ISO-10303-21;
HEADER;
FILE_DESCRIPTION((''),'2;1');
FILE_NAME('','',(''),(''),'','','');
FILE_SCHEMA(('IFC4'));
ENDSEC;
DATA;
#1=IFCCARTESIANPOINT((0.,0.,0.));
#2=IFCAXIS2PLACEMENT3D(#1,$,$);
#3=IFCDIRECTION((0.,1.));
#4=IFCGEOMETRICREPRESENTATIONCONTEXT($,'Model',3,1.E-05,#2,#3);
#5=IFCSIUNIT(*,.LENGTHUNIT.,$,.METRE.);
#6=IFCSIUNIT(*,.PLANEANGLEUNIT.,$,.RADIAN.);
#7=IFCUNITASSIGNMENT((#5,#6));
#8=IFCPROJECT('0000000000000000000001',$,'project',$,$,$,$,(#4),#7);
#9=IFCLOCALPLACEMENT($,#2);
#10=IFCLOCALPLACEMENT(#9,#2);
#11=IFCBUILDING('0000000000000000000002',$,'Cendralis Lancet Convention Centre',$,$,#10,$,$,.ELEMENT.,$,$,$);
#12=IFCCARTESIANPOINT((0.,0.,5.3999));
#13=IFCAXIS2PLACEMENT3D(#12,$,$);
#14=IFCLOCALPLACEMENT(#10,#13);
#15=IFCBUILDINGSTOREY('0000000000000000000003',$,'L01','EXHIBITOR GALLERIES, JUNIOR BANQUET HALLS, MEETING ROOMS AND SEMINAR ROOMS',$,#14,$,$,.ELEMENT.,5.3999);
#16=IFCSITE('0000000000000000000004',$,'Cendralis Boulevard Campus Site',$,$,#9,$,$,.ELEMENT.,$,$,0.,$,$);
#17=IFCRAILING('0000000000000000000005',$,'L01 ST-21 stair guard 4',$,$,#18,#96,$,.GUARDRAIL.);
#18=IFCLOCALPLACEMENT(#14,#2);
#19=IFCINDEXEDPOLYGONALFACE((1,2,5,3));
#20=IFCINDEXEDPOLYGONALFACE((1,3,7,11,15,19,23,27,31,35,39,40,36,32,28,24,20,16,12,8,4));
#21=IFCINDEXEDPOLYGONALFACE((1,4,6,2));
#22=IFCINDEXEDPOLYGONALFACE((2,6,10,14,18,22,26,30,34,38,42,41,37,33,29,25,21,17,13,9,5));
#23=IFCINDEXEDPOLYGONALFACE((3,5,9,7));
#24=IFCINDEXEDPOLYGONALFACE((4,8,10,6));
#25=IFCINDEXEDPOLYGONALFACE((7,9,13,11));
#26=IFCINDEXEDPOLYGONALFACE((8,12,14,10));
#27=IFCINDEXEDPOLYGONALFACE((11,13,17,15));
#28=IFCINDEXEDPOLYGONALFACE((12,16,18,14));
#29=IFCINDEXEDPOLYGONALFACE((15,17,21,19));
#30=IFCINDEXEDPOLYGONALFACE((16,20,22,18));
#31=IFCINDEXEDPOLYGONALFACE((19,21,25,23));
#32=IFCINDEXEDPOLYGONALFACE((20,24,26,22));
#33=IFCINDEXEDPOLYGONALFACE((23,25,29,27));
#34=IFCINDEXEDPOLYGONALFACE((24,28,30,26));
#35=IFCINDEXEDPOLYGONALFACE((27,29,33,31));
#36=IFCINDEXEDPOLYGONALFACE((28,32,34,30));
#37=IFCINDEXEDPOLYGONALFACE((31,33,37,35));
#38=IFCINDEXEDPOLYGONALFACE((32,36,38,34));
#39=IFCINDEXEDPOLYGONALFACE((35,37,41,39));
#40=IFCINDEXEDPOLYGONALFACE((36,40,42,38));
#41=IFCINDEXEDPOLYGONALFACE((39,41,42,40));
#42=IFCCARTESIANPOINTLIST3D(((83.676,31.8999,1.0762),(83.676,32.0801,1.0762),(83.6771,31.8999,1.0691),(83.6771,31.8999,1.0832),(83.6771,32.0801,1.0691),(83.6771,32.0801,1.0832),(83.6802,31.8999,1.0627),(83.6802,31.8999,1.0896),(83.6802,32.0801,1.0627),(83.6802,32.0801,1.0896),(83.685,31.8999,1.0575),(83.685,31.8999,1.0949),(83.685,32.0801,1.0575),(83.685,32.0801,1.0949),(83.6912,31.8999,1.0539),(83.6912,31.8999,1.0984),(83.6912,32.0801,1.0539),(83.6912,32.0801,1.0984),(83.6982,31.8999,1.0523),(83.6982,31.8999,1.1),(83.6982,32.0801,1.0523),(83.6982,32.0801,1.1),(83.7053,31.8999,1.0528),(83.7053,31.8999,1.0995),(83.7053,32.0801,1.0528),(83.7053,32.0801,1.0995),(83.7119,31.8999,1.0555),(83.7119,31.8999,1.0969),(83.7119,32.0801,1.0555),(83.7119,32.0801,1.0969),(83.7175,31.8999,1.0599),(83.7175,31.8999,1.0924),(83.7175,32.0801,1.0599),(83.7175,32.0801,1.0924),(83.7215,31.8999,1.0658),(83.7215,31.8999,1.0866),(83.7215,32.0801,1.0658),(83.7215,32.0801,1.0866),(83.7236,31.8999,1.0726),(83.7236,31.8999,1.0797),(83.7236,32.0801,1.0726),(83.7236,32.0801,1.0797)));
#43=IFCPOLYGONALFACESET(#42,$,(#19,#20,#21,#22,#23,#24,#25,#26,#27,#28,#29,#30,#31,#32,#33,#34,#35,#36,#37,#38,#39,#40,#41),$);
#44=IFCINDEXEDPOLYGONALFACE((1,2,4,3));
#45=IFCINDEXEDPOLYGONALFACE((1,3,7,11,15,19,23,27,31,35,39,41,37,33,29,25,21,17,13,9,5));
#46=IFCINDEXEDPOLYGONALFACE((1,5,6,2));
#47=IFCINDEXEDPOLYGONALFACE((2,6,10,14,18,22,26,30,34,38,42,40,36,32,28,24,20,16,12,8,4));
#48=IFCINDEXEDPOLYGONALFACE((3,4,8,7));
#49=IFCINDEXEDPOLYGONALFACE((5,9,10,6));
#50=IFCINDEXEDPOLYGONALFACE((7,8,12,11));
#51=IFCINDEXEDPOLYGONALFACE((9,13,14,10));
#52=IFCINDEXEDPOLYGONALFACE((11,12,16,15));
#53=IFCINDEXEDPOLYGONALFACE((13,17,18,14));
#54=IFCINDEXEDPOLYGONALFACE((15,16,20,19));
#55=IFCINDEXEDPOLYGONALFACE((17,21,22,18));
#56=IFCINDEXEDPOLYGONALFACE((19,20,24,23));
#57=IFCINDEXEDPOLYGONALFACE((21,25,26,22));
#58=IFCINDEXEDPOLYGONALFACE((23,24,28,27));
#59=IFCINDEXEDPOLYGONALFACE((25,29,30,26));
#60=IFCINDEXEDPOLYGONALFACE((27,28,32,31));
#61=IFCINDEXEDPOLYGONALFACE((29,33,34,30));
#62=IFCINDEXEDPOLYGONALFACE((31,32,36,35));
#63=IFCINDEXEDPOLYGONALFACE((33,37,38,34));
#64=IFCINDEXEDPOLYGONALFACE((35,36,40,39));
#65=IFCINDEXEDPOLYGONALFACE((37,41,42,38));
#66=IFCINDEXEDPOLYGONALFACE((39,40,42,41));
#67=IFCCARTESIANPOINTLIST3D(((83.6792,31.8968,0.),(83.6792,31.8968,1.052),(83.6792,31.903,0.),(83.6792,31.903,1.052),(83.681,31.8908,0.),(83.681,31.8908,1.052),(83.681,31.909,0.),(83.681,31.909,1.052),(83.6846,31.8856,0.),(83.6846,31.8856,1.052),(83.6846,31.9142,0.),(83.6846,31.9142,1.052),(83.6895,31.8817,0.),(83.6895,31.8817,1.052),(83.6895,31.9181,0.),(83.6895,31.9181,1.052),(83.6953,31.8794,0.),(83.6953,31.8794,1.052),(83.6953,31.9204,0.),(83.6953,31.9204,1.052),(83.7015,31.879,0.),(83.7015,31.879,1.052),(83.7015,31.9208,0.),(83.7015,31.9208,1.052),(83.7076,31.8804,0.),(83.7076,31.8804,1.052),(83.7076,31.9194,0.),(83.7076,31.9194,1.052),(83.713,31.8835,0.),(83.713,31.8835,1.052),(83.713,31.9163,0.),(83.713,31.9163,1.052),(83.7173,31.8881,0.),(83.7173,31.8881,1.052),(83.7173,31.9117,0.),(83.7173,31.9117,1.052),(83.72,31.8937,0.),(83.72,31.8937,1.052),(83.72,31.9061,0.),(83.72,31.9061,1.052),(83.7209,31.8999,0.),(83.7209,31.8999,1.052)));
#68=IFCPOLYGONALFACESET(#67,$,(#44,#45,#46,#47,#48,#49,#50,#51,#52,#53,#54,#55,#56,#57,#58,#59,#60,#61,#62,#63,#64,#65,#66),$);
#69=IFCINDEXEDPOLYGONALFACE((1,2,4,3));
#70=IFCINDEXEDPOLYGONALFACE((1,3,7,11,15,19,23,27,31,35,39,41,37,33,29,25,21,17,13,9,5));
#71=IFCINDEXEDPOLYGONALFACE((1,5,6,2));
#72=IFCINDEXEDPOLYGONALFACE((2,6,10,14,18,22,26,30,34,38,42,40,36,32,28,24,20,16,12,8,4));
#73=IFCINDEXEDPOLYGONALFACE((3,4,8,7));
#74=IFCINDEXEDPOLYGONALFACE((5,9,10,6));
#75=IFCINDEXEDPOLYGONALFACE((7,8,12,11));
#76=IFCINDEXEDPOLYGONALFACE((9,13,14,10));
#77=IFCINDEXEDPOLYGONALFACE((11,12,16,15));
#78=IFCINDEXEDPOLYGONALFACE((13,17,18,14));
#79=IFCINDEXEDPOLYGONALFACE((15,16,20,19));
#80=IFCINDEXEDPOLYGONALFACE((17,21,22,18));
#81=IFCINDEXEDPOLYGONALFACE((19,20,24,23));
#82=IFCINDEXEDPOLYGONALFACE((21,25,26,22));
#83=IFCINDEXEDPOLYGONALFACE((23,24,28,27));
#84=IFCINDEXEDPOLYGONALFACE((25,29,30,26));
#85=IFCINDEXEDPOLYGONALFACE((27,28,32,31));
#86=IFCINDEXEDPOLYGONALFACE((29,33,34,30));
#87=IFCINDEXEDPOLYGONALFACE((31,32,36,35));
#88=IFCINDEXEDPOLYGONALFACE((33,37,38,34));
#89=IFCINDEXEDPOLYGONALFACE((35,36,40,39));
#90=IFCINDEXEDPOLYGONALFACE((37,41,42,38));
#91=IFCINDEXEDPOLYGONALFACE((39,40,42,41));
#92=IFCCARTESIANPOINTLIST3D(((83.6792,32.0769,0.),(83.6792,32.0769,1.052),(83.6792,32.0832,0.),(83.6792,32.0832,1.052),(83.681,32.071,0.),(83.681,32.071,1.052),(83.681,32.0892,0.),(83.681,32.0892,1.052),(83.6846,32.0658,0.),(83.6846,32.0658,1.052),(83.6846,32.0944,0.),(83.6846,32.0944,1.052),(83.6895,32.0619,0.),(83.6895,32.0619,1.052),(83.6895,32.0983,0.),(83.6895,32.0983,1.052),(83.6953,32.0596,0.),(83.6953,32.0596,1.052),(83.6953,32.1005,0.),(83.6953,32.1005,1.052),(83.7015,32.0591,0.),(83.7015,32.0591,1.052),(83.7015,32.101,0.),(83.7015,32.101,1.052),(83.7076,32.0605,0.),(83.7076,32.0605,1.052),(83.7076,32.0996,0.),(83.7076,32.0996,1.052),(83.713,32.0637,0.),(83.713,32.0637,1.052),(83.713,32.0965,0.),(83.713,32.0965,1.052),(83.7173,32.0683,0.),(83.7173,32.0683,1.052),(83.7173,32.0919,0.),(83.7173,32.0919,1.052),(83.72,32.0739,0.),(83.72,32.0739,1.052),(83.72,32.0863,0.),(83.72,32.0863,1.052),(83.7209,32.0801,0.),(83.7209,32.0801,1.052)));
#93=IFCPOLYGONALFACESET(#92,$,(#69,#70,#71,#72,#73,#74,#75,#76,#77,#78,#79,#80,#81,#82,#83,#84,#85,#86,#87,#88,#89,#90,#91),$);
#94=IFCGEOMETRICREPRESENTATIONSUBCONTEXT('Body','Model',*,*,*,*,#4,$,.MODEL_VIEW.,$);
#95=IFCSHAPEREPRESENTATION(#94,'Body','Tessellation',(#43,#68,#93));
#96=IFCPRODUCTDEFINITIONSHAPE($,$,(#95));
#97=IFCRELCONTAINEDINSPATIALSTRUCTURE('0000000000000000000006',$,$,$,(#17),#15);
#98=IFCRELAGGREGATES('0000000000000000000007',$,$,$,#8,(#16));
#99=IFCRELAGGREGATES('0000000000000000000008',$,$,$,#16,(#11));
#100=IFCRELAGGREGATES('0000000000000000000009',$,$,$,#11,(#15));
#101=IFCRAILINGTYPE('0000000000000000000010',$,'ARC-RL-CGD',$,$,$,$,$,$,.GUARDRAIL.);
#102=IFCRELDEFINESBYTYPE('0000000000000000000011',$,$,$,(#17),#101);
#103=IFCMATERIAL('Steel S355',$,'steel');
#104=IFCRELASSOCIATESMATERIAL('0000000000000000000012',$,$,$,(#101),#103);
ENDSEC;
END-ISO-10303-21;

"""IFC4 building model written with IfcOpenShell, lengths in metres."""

from ifc_helpers import new_model, si_unit, direction, frame, origin, origin_2d, place, context, subcontext, project, spatial, circle, extrude, material, type_object, element, save


model = new_model("IFC4")

# Units and contexts
model_context = context("Model", 3, precision=1e-05, world=origin(), true_north=direction((0.0, 1.0)))
body_context = subcontext(model_context, "Body", "Model", "MODEL_VIEW")
ifc_project = project(units=[si_unit("LENGTHUNIT", "METRE"), si_unit("PLANEANGLEUNIT", "RADIAN")], contexts=[model_context])

# Site, building, storey
site_placement = place(None, origin())
site = spatial("IfcSite", under=ifc_project, at=site_placement, Name="Cendralis Boulevard Campus Site", CompositionType="ELEMENT", RefElevation=0.0)
building_placement = place(site_placement, origin())
building = spatial("IfcBuilding", under=site, at=building_placement, Name="Cendralis Lancet Convention Centre", CompositionType="ELEMENT")
storey_placement = place(building_placement, frame((0.0, 0.0, 5.3999)))
storey = spatial("IfcBuildingStorey", under=building, at=storey_placement, Name="L01", Description="EXHIBITOR GALLERIES, JUNIOR BANQUET HALLS, MEETING ROOMS AND SEMINAR ROOMS", CompositionType="ELEMENT", Elevation=5.3999)

# Shared definitions
ifc_material_1 = material(Name="Steel S355", Category="steel")

# Railing
railing_type_1 = type_object("IfcRailingType", Name="ARC-RL-CGD", PredefinedType="GUARDRAIL", material=ifc_material_1)
railing_1_placement = place(storey_placement, frame((83.7, 31.8999, 0.0)))
element("IfcRailing", 1, at=railing_1_placement, inside=storey, type_object=railing_type_1, Name="L01 ST-21 stair guard 4", PredefinedType="GUARDRAIL", context=body_context, shape_type="SweptSolid", body=[
    extrude(circle(Radius=0.0239, at=origin_2d()), frame((0.0, 0.0, 1.0762), z_axis=(0.0, 1.0, 0.0), x_axis=(-1.0, 0.0, 0.0)), (0.0, 0.0, 1.0), 0.1802),
    extrude(circle(Radius=0.021, at=origin_2d()), origin(), (0.0, 0.0, 1.0), 1.052),
    extrude(circle(Radius=0.021, at=origin_2d()), frame((0.0, 0.1802, 0.0)), (0.0, 0.0, 1.0), 1.052),
])

save(model, "model.ifc")
